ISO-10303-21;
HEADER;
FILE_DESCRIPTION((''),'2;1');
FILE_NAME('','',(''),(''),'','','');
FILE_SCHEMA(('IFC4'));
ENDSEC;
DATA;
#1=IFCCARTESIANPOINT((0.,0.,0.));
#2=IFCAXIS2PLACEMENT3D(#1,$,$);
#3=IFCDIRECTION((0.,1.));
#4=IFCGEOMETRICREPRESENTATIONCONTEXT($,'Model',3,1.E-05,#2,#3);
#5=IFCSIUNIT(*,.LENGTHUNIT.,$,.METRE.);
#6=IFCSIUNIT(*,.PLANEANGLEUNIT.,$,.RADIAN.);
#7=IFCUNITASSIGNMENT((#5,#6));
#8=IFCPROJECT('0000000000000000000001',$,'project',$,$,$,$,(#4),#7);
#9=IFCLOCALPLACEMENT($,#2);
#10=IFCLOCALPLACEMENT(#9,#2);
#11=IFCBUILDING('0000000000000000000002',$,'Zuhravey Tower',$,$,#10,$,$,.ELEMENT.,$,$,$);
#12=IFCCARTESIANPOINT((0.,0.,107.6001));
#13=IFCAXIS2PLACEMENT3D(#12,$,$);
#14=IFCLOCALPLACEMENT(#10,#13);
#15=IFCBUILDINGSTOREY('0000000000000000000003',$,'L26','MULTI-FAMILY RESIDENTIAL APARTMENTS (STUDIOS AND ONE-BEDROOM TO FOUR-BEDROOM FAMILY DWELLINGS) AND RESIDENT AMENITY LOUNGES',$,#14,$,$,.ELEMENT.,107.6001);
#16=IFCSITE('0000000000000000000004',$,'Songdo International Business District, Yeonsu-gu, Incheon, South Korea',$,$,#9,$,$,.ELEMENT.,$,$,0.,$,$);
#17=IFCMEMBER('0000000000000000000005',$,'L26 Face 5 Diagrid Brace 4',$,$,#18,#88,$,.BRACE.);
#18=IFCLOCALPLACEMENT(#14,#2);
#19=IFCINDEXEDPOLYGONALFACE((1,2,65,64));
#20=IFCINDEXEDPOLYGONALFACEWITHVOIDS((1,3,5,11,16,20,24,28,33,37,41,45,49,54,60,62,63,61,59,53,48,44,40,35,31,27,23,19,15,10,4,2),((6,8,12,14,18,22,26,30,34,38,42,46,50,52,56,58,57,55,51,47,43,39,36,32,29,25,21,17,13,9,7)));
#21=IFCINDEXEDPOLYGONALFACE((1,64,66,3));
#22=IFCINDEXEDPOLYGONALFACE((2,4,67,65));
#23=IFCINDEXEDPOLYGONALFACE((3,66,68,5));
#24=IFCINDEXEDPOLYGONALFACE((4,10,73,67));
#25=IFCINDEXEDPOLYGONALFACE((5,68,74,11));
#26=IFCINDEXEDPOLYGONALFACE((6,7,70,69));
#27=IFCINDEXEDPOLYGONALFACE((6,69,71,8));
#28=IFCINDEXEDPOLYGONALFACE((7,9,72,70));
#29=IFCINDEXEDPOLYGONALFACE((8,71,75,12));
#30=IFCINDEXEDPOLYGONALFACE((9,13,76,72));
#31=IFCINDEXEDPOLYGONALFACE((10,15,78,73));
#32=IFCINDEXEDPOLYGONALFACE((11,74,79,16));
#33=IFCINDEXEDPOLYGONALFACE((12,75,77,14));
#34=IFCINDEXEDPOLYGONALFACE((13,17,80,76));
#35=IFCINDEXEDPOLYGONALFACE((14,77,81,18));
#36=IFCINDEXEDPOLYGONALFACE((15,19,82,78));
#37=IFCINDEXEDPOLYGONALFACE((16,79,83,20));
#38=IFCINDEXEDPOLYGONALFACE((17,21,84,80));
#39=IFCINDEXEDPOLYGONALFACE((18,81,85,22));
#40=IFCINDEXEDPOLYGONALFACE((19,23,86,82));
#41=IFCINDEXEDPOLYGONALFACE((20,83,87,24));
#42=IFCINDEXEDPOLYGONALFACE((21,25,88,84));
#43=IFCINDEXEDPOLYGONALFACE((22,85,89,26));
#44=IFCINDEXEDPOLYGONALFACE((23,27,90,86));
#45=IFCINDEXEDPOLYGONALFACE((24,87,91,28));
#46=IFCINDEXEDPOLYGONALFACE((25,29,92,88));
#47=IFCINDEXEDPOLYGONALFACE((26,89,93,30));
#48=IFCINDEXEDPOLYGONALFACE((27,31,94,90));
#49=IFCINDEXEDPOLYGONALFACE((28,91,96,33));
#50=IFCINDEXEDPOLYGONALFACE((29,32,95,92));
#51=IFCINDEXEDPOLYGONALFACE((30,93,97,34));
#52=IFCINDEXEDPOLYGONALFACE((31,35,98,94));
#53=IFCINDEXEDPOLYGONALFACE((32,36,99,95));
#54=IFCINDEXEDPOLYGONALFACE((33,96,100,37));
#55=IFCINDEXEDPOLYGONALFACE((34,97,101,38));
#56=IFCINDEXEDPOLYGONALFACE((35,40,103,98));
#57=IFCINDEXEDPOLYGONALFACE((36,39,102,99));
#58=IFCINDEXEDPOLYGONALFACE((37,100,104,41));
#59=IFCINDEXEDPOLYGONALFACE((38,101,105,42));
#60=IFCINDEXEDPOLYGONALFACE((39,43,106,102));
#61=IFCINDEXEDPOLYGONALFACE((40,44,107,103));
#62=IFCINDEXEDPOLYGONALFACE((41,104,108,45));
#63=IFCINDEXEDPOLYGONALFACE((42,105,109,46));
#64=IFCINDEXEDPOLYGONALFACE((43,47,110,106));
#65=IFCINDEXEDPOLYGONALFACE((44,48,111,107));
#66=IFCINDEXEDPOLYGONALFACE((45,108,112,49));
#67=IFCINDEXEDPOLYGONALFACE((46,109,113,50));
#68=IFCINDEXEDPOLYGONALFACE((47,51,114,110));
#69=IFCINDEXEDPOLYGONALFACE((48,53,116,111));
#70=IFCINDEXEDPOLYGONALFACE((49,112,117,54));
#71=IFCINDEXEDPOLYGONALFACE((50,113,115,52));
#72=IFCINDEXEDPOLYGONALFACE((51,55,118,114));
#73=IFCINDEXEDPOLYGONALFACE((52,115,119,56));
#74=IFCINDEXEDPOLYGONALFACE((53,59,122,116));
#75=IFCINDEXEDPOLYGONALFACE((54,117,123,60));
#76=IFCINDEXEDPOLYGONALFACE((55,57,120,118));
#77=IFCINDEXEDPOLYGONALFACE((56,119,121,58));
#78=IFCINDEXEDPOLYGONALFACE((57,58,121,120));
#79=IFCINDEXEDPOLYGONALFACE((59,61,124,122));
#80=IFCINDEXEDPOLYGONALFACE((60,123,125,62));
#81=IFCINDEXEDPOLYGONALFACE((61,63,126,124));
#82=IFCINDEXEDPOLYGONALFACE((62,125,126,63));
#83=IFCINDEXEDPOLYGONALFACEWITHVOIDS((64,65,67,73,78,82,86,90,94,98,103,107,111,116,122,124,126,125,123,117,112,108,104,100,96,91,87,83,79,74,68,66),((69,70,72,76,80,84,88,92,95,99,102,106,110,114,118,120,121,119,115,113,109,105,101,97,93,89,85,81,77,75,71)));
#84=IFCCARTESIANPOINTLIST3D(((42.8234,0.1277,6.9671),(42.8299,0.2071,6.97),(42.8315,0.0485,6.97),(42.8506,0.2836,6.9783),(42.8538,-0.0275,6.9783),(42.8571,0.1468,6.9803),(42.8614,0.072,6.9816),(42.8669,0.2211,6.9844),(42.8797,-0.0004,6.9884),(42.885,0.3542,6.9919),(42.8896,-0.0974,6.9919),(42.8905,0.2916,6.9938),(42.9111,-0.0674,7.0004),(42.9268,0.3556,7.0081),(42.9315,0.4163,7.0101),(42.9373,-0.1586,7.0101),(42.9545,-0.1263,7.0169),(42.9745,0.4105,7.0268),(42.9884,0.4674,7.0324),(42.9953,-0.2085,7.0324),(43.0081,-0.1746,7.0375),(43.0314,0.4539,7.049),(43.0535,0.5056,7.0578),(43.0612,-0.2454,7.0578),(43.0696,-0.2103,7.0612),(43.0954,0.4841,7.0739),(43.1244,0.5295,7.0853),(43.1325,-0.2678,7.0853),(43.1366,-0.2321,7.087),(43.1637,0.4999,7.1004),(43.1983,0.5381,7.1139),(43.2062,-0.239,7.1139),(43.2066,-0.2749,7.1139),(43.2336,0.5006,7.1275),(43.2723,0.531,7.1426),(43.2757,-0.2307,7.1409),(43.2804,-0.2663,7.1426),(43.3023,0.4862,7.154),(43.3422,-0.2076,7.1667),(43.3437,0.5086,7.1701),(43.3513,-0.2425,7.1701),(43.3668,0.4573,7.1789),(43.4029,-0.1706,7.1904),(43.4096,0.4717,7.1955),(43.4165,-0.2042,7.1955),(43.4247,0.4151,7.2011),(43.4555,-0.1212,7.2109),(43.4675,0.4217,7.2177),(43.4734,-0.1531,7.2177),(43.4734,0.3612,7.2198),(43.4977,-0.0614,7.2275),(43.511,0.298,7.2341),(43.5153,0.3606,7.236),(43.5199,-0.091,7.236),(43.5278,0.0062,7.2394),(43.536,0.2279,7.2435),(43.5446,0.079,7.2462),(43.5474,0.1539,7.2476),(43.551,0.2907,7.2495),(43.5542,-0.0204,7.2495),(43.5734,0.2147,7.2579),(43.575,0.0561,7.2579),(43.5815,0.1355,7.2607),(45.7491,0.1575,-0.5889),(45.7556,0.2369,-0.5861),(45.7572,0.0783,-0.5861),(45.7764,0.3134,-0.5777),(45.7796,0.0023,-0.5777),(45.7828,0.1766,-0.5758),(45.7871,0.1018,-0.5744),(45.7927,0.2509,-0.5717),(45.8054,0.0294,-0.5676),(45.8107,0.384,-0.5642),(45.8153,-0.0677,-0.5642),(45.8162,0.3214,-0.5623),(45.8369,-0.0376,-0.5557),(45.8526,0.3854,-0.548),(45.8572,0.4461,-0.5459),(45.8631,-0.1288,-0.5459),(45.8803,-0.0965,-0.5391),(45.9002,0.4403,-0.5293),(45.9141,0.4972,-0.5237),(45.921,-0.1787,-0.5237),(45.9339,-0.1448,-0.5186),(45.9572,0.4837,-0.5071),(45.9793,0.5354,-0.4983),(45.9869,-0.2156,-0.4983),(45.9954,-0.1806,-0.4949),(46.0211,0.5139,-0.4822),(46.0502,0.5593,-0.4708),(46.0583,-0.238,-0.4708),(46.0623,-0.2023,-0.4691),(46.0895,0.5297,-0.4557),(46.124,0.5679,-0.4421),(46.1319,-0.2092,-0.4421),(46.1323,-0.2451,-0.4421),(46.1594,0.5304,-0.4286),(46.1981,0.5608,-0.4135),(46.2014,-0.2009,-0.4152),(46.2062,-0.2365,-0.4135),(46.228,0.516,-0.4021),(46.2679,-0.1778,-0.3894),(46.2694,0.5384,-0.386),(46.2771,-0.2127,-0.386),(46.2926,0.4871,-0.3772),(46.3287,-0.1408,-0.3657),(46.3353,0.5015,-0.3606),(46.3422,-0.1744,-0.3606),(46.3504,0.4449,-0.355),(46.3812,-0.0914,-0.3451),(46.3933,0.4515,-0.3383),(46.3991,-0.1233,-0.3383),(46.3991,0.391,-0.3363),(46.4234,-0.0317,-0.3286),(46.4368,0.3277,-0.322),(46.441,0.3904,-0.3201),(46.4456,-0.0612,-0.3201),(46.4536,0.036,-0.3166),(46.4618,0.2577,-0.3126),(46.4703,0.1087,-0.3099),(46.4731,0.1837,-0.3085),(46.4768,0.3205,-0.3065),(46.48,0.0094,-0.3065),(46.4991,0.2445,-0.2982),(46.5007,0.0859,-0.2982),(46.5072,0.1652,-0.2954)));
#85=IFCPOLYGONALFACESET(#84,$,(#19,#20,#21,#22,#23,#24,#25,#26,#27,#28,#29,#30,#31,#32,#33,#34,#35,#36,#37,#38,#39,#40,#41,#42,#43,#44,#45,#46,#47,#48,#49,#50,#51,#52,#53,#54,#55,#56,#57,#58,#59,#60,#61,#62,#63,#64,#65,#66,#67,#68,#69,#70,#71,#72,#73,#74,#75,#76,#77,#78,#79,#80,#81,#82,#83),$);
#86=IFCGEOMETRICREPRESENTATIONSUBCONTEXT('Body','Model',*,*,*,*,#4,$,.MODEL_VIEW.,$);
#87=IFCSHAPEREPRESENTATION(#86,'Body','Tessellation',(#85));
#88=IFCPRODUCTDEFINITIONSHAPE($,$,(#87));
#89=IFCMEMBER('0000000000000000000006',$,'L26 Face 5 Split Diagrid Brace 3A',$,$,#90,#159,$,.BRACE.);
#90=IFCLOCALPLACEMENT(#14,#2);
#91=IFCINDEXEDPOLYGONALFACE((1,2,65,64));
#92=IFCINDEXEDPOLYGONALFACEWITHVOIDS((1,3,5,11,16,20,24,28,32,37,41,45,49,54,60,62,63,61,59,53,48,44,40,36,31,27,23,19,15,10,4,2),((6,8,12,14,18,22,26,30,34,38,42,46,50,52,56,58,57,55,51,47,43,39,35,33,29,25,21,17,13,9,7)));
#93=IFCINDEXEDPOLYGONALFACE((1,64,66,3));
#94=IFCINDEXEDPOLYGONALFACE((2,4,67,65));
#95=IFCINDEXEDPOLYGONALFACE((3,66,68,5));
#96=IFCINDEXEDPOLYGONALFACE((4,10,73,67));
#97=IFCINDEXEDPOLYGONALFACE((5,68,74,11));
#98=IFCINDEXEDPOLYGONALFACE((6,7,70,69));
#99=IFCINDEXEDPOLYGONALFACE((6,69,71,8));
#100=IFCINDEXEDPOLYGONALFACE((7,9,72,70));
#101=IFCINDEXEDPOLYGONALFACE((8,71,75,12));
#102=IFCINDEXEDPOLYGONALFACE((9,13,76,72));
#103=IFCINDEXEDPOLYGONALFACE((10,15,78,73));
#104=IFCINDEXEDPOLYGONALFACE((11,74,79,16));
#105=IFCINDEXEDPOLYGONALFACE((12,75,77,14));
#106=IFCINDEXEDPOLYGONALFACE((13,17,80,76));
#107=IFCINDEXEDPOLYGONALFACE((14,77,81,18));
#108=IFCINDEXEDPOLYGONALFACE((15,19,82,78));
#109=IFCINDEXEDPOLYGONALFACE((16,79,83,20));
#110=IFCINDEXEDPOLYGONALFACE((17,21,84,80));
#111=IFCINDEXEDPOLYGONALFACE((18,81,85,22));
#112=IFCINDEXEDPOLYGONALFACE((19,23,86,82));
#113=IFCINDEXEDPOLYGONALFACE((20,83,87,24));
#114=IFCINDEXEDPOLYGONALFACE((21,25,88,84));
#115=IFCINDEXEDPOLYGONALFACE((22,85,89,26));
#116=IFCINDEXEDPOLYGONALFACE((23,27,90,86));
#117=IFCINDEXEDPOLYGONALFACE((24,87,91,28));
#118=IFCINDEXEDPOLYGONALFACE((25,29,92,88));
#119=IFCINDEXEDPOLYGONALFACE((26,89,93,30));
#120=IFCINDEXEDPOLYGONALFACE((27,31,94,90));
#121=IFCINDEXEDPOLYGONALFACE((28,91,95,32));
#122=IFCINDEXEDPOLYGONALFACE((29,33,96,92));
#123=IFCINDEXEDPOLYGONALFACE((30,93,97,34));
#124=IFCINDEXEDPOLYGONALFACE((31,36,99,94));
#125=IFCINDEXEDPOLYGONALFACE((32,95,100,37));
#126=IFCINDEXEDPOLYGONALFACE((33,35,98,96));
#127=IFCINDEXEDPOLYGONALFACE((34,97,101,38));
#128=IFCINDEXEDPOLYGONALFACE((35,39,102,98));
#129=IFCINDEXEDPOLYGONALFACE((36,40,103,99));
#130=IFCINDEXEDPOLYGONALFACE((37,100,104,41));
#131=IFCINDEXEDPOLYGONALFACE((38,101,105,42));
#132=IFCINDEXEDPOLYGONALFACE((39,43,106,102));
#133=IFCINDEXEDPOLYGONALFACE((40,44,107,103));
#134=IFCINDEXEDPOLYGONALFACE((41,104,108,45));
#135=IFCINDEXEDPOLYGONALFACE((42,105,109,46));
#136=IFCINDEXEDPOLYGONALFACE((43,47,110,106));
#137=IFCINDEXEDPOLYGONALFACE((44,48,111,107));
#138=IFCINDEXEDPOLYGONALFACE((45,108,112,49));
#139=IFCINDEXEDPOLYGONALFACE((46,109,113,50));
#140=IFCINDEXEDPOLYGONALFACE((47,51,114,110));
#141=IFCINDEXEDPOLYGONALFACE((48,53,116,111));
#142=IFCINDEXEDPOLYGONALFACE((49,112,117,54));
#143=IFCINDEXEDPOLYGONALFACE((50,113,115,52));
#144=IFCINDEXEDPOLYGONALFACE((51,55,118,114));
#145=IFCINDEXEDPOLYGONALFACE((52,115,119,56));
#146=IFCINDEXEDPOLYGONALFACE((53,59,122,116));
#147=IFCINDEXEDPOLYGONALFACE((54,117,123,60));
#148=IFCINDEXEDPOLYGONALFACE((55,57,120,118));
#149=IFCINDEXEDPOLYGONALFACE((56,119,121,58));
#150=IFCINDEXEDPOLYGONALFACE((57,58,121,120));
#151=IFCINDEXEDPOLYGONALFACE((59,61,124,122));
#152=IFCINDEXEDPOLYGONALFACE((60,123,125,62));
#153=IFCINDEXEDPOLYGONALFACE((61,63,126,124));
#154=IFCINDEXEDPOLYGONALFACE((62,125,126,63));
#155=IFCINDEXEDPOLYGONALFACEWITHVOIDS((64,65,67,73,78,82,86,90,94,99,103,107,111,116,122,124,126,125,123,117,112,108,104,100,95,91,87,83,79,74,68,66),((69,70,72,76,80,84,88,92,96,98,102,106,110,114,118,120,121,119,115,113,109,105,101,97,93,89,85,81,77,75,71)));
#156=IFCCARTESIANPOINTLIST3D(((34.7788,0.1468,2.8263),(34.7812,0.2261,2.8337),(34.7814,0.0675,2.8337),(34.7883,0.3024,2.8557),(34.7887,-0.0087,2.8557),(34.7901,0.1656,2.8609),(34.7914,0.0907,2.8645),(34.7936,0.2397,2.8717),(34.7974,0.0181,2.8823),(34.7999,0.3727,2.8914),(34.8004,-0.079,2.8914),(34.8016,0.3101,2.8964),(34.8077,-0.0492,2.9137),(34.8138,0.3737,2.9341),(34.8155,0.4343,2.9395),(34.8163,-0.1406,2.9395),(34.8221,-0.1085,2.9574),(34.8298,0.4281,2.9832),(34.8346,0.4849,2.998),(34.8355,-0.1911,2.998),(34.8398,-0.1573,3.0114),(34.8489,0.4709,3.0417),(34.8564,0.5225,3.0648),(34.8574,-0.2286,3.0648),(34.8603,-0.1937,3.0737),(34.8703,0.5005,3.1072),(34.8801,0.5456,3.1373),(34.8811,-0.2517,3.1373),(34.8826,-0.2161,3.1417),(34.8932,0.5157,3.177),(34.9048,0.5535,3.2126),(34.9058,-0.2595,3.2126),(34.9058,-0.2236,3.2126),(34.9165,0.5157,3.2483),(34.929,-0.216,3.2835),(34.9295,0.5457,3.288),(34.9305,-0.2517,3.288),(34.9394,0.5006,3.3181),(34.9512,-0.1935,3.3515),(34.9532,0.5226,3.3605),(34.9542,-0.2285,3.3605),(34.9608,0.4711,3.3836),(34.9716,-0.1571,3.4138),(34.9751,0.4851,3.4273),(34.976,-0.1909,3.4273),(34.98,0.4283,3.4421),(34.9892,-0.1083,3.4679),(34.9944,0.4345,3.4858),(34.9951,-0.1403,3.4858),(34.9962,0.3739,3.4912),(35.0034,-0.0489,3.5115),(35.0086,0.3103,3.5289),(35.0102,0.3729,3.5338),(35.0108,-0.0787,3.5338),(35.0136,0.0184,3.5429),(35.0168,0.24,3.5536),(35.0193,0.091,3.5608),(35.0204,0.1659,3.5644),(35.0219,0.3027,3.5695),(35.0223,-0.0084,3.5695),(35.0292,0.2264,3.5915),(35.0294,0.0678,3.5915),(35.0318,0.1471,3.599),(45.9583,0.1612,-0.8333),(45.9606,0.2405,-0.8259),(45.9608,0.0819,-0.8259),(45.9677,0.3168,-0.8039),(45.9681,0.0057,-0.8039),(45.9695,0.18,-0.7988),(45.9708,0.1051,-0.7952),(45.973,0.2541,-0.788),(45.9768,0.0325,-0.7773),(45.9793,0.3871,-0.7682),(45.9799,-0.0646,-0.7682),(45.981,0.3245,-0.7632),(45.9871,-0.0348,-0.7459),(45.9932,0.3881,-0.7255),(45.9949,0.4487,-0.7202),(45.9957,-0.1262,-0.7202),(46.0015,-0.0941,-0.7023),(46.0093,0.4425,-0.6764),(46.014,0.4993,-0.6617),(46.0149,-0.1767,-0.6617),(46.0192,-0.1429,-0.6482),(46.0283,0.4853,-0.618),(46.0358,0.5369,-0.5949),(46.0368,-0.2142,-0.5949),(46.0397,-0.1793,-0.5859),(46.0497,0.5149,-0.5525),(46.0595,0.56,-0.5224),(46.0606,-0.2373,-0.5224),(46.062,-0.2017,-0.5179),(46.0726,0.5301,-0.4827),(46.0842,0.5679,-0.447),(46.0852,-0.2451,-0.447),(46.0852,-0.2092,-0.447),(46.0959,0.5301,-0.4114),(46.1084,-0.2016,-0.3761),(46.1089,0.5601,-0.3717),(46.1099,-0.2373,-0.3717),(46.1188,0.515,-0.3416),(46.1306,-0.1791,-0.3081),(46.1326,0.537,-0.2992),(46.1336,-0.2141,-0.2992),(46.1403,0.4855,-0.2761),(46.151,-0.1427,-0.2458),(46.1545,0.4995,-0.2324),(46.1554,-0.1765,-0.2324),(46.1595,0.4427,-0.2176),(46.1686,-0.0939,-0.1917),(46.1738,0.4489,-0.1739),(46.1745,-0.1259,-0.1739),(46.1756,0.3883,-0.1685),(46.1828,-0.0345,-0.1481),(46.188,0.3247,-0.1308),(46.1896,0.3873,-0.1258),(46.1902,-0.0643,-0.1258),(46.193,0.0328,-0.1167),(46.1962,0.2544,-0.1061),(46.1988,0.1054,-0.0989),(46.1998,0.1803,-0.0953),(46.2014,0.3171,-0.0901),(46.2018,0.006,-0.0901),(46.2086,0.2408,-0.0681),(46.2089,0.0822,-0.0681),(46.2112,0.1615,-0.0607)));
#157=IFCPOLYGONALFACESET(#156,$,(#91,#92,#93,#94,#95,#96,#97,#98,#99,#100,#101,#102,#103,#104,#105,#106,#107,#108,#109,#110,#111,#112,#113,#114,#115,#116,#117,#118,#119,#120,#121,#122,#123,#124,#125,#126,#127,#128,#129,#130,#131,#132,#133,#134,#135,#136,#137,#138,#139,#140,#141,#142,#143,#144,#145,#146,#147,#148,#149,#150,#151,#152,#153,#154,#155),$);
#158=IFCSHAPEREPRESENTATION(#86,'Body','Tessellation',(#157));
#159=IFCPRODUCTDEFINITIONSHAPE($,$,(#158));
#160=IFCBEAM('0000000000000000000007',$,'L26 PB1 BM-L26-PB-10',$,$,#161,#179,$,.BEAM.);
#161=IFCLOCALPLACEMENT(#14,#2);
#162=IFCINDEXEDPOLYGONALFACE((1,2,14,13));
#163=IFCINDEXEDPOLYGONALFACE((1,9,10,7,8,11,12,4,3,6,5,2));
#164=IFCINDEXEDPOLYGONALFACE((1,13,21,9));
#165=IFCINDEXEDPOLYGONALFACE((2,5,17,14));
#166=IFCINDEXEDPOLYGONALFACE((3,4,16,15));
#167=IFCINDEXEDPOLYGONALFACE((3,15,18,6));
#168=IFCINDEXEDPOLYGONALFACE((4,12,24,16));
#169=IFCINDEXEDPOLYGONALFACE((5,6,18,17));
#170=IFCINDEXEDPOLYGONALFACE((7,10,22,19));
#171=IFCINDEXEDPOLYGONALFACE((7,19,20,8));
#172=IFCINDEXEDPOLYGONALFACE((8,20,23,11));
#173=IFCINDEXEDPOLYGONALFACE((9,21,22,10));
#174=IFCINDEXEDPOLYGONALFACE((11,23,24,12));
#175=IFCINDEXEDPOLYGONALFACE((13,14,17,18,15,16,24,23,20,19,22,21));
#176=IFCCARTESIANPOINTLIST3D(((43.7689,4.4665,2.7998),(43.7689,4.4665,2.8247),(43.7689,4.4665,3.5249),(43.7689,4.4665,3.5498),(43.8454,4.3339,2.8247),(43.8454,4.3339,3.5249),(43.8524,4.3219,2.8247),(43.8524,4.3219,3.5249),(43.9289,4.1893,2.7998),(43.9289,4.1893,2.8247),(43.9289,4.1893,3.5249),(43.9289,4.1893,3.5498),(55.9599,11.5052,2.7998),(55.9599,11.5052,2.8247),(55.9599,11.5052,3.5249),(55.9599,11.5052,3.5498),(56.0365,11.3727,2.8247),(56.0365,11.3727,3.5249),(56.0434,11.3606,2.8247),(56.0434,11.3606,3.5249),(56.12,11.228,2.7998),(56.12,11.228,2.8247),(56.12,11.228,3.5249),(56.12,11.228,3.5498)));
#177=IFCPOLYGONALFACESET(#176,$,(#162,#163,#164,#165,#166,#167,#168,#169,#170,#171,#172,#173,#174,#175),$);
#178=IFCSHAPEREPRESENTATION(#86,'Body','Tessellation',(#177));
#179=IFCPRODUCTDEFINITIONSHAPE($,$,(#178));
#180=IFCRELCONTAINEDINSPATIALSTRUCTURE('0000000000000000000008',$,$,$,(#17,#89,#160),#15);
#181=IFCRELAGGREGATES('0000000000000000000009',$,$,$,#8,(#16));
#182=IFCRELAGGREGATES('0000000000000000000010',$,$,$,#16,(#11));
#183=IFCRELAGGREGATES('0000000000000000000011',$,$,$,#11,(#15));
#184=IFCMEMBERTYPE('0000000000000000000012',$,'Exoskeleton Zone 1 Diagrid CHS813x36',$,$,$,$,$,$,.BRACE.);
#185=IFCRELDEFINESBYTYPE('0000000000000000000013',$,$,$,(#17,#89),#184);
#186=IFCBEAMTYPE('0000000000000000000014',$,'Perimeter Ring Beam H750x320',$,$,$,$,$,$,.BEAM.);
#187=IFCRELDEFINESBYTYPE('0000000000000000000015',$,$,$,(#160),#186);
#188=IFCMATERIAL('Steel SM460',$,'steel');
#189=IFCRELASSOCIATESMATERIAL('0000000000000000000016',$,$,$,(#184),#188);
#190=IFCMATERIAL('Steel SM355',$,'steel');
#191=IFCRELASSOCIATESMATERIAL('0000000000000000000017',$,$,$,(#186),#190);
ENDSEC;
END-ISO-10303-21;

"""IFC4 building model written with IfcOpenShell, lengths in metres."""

from ifc_helpers import new_model, si_unit, direction, frame, origin, origin_2d, place, context, subcontext, project, spatial, hollow_circle, i_section, extrude, material, material_profile, profile_set, type_object, element, save


model = new_model("IFC4")

# Units and contexts
model_context = context("Model", 3, precision=1e-05, world=origin(), true_north=direction((0.0, 1.0)))
body_context = subcontext(model_context, "Body", "Model", "MODEL_VIEW")
ifc_project = project(units=[si_unit("LENGTHUNIT", "METRE"), si_unit("PLANEANGLEUNIT", "RADIAN")], contexts=[model_context])

# Site, building, storey
site_placement = place(None, origin())
site = spatial("IfcSite", under=ifc_project, at=site_placement, Name="Songdo International Business District, Yeonsu-gu, Incheon, South Korea", CompositionType="ELEMENT", RefElevation=0.0)
building_placement = place(site_placement, origin())
building = spatial("IfcBuilding", under=site, at=building_placement, Name="Zuhravey Tower", CompositionType="ELEMENT")
storey_placement = place(building_placement, frame((0.0, 0.0, 107.6001)))
storey = spatial("IfcBuildingStorey", under=building, at=storey_placement, Name="L26", Description="MULTI-FAMILY RESIDENTIAL APARTMENTS (STUDIOS AND ONE-BEDROOM TO FOUR-BEDROOM FAMILY DWELLINGS) AND RESIDENT AMENITY LOUNGES", CompositionType="ELEMENT", Elevation=107.6001)

# Members
ifc_material_1 = material(Name="Steel SM460", Category="steel")
ifc_material_profile_1 = material_profile(ifc_material_1, hollow_circle(Radius=0.4065, WallThickness=0.0359, at=origin_2d()), Name="CHS-812.8x36")
ifc_profile_set_1 = profile_set([ifc_material_profile_1], Name="Steel SM460")
member_type_1 = type_object("IfcMemberType", Name="Exoskeleton Zone 1 Diagrid CHS813x36", PredefinedType="BRACE", material=ifc_profile_set_1)
member_1_placement = place(storey_placement, frame((46.1282, 0.1614, -0.4421), z_axis=(-0.36108, -0.003676, 0.932528), x_axis=(0.01018, -0.999948, 0.0)))
element("IfcMember", 1, at=member_1_placement, inside=storey, type_object=member_type_1, Name="L26 Face 5 Diagrid Brace 4", PredefinedType="BRACE", context=body_context, shape_type="SweptSolid", body=[
    extrude(hollow_circle(Radius=0.4065, WallThickness=0.0359, at=origin_2d()), origin(), (0.0, 0.0, 1.0), 8.1028),
])
member_2_placement = place(storey_placement, frame((46.0847, 0.1614, -0.447), z_axis=(-0.950373, -0.001225, 0.311111), x_axis=(0.001288, -0.999999, 0.0)))
element("IfcMember", 2, at=member_2_placement, inside=storey, type_object=member_type_1, Name="L26 Face 5 Split Diagrid Brace 3A", PredefinedType="BRACE", context=body_context, shape_type="SweptSolid", body=[
    extrude(hollow_circle(Radius=0.4065, WallThickness=0.0359, at=origin_2d()), origin(), (0.0, 0.0, 1.0), 11.7632),
])

# Beam
ifc_material_2 = material(Name="Steel SM355", Category="steel")
ifc_material_profile_2 = material_profile(ifc_material_2, i_section(OverallWidth=0.3201, OverallDepth=0.75, WebThickness=0.0139, FlangeThickness=0.0249, at=origin_2d()), Name="H-750x320x14x25")
ifc_profile_set_2 = profile_set([ifc_material_profile_2], Name="Steel SM355")
beam_type_1 = type_object("IfcBeamType", Name="Perimeter Ring Beam H750x320", PredefinedType="BEAM", material=ifc_profile_set_2)
beam_1_placement = place(storey_placement, frame((43.8489, 4.3279, 3.1748), z_axis=(0.866018, 0.500013, 0.0), x_axis=(-0.500013, 0.866018, 0.0)))
element("IfcBeam", 3, at=beam_1_placement, inside=storey, type_object=beam_type_1, Name="L26 PB1 BM-L26-PB-10", PredefinedType="BEAM", context=body_context, shape_type="SweptSolid", body=[
    extrude(i_section(OverallWidth=0.3201, OverallDepth=0.75, WebThickness=0.0139, FlangeThickness=0.0249, at=origin_2d()), origin(), (0.0, 0.0, 1.0), 14.0771),
])

save(model, "model.ifc")
